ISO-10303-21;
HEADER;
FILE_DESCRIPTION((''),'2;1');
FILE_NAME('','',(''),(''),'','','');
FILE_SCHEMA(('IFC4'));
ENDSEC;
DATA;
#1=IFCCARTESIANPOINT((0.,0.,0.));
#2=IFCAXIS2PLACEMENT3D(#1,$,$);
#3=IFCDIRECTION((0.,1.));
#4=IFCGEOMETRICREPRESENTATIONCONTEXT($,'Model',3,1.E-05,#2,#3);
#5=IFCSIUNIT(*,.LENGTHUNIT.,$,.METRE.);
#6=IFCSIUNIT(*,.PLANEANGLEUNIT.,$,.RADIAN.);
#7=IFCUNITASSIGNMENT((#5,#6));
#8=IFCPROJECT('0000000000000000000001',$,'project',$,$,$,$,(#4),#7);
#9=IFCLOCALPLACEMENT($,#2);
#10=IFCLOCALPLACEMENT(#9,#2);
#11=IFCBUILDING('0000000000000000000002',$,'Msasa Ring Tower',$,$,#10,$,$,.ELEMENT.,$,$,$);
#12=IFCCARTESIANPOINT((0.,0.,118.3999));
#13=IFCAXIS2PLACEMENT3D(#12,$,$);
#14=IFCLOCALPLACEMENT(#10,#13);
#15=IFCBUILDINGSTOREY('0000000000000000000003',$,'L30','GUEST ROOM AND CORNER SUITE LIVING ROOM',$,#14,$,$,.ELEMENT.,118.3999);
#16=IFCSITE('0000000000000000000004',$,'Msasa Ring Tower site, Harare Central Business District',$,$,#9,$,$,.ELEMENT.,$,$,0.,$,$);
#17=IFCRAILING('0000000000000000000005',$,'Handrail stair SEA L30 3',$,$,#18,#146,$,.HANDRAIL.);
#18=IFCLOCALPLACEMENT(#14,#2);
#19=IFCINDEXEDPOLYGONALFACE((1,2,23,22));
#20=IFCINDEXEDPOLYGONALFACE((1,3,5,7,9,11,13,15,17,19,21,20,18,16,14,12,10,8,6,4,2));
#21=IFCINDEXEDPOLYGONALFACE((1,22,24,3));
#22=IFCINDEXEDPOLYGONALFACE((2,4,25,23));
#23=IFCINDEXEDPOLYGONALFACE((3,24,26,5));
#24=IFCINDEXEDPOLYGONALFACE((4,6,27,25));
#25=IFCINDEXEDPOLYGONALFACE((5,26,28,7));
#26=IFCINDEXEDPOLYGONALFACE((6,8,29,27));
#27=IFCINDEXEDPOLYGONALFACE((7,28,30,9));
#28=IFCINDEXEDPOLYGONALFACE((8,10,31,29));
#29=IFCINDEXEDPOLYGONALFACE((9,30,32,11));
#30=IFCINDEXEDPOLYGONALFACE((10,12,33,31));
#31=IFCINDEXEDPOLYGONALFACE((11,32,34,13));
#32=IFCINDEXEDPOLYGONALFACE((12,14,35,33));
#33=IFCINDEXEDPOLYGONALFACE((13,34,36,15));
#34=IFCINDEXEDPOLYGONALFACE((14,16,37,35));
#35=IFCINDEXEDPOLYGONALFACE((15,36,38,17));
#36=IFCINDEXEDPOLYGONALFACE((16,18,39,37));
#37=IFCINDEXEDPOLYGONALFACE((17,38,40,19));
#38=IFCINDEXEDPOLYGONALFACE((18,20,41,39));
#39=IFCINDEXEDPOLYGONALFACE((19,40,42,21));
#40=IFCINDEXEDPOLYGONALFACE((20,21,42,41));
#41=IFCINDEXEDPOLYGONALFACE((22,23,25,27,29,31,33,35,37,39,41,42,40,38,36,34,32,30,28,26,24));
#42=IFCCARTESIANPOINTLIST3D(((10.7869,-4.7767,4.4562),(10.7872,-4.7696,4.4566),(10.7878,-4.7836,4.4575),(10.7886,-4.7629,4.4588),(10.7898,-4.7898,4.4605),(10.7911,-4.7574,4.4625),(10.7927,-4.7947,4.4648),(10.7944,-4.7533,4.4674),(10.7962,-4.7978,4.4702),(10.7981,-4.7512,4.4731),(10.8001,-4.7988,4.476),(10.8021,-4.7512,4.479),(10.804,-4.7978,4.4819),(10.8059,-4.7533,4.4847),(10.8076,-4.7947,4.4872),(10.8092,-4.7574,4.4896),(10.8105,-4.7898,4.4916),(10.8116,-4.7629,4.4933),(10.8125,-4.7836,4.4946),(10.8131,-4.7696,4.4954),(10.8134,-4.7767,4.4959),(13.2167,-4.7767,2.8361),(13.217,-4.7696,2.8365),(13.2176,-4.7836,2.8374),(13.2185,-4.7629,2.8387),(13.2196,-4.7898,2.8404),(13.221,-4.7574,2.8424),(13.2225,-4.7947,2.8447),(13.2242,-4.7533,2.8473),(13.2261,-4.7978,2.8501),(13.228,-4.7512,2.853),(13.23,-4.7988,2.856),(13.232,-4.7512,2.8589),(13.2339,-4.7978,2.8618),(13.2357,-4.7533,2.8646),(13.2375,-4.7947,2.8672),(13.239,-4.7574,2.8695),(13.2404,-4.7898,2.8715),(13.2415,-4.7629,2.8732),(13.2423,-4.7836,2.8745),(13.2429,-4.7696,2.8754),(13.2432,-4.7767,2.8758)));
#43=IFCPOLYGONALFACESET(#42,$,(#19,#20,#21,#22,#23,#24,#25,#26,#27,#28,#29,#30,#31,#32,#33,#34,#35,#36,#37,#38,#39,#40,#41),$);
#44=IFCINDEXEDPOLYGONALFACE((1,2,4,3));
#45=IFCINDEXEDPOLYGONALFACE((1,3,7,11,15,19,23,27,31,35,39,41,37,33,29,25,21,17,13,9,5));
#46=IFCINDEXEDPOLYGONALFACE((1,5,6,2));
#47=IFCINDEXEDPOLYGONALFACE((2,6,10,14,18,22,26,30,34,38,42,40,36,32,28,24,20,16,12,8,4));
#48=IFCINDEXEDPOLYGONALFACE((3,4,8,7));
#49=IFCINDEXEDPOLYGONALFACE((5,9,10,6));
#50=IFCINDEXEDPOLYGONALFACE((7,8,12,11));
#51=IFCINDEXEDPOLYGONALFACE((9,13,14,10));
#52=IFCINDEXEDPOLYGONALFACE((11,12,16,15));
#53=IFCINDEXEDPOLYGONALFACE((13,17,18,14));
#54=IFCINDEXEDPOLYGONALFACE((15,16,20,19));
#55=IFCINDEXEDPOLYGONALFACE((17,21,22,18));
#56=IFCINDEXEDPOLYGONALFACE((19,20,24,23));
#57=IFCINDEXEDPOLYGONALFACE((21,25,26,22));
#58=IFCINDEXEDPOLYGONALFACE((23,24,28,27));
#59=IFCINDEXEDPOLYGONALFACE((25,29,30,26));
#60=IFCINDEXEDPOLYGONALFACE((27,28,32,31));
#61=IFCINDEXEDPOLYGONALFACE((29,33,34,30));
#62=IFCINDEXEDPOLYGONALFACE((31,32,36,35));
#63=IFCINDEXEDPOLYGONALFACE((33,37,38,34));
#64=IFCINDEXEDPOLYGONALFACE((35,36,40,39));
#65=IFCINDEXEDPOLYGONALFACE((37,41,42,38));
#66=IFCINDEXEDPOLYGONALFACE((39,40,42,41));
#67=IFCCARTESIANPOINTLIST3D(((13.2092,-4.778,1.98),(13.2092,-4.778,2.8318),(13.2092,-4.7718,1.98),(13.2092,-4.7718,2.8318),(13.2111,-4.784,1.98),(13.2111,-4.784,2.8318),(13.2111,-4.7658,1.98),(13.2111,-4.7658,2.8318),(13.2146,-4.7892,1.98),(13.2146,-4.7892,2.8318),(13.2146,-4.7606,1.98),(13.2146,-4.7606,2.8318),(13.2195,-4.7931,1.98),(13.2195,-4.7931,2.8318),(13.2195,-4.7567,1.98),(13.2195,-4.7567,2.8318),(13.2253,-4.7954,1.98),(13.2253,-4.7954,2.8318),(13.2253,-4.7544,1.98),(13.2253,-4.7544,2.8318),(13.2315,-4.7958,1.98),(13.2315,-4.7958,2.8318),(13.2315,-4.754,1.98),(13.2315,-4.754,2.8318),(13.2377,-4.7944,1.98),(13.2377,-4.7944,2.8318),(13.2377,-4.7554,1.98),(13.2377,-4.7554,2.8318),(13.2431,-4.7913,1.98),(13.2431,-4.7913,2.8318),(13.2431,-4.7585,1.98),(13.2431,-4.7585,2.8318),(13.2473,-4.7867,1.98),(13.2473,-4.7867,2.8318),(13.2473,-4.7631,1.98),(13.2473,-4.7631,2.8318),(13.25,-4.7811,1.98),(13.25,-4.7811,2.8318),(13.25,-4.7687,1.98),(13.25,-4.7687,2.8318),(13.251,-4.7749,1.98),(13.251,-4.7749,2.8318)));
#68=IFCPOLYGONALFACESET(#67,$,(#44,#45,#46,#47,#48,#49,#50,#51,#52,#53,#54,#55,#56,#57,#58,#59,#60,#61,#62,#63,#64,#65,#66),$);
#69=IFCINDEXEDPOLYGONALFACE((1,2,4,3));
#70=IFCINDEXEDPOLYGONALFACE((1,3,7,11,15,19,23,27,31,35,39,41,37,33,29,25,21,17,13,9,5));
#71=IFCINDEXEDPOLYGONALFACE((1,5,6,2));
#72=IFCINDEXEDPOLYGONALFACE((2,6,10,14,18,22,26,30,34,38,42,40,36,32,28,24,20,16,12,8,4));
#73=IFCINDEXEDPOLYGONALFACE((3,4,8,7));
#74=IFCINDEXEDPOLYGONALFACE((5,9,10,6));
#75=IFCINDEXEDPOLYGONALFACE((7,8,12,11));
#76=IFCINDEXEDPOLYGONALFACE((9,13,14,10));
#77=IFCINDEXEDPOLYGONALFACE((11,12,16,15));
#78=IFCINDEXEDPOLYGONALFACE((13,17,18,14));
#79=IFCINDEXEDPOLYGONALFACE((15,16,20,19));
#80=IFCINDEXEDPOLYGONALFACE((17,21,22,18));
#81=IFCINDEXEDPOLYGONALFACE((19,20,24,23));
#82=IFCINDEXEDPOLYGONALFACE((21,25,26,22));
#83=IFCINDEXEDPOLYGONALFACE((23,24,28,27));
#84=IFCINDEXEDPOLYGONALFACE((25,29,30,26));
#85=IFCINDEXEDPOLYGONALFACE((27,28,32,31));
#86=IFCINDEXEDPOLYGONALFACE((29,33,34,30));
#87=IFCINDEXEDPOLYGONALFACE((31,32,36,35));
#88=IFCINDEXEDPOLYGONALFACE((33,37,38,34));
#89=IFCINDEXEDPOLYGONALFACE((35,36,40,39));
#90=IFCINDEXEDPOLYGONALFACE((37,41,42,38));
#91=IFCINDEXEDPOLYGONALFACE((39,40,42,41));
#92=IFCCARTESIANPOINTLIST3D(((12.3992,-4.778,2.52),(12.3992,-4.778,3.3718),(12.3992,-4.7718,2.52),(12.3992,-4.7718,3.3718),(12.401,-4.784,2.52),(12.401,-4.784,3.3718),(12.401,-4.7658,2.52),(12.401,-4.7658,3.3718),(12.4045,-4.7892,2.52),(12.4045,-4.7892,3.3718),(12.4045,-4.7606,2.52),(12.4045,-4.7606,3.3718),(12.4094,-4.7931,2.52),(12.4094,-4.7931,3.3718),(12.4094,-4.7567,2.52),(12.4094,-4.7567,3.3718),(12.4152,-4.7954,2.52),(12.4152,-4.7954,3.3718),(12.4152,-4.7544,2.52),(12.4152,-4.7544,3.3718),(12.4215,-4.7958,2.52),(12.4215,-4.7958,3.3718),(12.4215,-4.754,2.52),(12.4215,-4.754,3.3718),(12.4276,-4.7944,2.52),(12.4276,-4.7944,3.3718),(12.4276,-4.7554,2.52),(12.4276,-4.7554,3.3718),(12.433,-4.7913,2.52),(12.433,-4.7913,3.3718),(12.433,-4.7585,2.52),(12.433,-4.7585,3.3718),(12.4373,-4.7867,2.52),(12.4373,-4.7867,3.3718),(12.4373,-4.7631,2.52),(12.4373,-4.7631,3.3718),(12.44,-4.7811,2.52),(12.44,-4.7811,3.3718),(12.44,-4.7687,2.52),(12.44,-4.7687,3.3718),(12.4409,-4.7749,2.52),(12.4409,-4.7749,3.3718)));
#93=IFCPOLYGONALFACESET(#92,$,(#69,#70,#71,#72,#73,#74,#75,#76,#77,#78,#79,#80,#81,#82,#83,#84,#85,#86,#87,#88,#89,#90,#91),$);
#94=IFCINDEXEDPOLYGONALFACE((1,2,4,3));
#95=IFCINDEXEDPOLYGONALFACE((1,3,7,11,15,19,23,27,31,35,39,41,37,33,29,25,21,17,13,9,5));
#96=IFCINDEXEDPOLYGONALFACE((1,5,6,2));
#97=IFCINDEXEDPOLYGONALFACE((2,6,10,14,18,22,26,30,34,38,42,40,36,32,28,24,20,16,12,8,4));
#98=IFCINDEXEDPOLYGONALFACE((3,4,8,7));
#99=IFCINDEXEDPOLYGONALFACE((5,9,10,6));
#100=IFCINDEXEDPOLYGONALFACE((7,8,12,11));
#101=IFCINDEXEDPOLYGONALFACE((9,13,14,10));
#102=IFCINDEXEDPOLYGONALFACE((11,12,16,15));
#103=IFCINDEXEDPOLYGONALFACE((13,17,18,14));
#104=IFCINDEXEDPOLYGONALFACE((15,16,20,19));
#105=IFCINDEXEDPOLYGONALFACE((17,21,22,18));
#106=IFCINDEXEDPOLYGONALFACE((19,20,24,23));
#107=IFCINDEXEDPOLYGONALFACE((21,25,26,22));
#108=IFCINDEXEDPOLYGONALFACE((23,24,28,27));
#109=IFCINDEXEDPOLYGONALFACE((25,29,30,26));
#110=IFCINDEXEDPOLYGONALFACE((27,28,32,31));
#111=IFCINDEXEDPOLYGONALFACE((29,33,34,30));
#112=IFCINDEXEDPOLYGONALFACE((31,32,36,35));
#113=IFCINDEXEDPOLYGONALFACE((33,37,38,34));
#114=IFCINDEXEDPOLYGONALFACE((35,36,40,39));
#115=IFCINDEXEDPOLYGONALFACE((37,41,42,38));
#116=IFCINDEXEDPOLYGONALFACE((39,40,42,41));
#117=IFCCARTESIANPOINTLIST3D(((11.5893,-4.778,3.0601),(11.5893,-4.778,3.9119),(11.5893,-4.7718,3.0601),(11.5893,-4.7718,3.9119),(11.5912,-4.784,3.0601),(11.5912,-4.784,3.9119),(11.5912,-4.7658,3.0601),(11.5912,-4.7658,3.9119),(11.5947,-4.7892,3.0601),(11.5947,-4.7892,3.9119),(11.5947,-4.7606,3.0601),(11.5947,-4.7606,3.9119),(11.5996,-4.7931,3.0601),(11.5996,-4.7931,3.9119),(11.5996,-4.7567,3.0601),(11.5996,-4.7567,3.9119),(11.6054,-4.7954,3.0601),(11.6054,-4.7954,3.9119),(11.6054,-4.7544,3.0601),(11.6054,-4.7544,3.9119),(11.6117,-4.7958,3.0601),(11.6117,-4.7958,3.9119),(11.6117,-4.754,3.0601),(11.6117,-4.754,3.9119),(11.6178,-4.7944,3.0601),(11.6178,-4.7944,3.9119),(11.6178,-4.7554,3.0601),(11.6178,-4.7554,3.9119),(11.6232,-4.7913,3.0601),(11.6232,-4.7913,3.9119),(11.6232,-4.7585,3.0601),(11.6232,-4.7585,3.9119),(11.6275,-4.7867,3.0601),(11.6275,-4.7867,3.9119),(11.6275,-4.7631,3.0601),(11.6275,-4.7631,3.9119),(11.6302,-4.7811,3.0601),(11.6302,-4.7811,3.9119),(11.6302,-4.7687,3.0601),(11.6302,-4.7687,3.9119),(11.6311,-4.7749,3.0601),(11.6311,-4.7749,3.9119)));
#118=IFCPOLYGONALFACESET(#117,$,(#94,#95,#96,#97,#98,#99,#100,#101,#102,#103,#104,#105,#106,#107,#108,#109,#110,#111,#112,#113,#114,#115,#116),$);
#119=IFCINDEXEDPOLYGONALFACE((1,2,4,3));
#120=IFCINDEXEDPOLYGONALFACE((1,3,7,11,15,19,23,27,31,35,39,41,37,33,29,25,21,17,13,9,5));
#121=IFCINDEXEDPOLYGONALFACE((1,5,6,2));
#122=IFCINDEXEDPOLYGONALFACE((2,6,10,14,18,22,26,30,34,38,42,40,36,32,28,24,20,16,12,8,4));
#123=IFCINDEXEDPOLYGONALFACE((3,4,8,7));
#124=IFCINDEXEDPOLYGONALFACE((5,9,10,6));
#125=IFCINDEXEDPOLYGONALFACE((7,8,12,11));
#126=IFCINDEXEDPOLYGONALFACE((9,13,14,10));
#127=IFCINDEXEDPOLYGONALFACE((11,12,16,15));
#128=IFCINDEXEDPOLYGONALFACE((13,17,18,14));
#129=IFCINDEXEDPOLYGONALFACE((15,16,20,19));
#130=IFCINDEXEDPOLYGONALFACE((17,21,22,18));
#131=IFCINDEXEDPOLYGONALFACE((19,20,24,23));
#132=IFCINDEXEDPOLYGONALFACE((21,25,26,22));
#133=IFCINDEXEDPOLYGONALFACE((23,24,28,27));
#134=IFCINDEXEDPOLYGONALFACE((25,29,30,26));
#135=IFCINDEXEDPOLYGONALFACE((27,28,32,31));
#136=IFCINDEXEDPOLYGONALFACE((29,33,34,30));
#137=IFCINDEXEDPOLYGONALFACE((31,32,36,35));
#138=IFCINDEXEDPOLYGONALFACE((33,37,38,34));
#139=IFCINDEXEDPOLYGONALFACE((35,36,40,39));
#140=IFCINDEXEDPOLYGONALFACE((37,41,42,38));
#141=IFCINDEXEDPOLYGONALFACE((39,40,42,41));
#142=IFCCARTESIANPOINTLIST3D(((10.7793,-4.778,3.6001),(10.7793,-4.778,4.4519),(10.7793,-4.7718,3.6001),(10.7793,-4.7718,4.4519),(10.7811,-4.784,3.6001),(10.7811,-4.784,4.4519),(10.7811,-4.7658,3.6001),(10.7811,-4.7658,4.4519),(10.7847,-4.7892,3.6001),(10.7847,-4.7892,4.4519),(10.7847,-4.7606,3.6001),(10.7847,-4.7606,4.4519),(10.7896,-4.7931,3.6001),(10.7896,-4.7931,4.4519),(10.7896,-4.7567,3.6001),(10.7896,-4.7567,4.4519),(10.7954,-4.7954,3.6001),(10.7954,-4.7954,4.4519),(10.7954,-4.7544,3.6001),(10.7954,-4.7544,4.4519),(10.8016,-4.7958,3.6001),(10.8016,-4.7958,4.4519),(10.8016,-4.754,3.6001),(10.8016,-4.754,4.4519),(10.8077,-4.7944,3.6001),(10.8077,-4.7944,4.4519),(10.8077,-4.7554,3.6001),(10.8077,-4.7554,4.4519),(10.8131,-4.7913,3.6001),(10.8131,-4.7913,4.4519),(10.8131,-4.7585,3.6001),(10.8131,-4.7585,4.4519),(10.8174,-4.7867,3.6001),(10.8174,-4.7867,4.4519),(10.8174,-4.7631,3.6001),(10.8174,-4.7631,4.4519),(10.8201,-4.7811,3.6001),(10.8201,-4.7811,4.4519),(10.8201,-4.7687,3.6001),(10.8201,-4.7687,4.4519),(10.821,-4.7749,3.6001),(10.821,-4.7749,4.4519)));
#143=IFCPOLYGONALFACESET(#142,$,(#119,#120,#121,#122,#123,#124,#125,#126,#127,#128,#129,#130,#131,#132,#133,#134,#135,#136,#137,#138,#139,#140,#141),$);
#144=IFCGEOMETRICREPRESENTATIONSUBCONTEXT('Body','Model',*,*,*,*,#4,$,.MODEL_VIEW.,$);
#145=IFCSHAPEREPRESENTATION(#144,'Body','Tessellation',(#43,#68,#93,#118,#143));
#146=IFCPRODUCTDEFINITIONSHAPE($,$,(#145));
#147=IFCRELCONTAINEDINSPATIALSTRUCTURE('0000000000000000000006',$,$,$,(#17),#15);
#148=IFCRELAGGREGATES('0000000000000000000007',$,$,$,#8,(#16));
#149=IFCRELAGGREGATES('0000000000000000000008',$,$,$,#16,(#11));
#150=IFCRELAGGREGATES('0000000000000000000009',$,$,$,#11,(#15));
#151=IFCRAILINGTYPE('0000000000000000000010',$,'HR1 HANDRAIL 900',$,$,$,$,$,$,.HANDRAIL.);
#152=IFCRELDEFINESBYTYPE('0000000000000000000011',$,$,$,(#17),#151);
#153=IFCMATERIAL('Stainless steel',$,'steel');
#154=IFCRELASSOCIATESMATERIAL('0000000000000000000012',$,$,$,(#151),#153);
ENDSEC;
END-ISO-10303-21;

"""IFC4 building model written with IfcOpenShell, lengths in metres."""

from ifc_helpers import new_model, si_unit, direction, frame, origin, origin_2d, place, context, subcontext, project, spatial, circle, extrude, material, type_object, element, save


model = new_model("IFC4")

# Units and contexts
model_context = context("Model", 3, precision=1e-05, world=origin(), true_north=direction((0.0, 1.0)))
body_context = subcontext(model_context, "Body", "Model", "MODEL_VIEW")
ifc_project = project(units=[si_unit("LENGTHUNIT", "METRE"), si_unit("PLANEANGLEUNIT", "RADIAN")], contexts=[model_context])

# Site, building, storey
site_placement = place(None, origin())
site = spatial("IfcSite", under=ifc_project, at=site_placement, Name="Msasa Ring Tower site, Harare Central Business District", CompositionType="ELEMENT", RefElevation=0.0)
building_placement = place(site_placement, origin())
building = spatial("IfcBuilding", under=site, at=building_placement, Name="Msasa Ring Tower", CompositionType="ELEMENT")
storey_placement = place(building_placement, frame((0.0, 0.0, 118.3999)))
storey = spatial("IfcBuildingStorey", under=building, at=storey_placement, Name="L30", Description="GUEST ROOM AND CORNER SUITE LIVING ROOM", CompositionType="ELEMENT", Elevation=118.3999)

# Railing
ifc_material_1 = material(Name="Stainless steel", Category="steel")
railing_type = type_object("IfcRailingType", Name="HR1 HANDRAIL 900", PredefinedType="HANDRAIL", material=ifc_material_1)
for number, where, name in (
    (1, (13.23, -4.7749, 1.98), "Handrail stair SEA L30 3"),
):
    element("IfcRailing", number, at=place(storey_placement, frame(where)), inside=storey, type_object=railing_type, Name=name, PredefinedType="HANDRAIL", context=body_context, shape_type="SweptSolid", body=[
        extrude(circle(Radius=0.0239, at=origin_2d()), frame((0.0, 0.0, 0.876), z_axis=(-0.832025, 0.0, 0.554739), x_axis=(0.0, -1.0, 0.0)), (0.0, 0.0, 1.0), 2.9204),
        extrude(circle(Radius=0.021, at=origin_2d()), origin(), (0.0, 0.0, 1.0), 0.8518),
        extrude(circle(Radius=0.021, at=origin_2d()), frame((-0.8101, 0.0, 0.54)), (0.0, 0.0, 1.0), 0.8518),
        extrude(circle(Radius=0.021, at=origin_2d()), frame((-1.6199, 0.0, 1.0801)), (0.0, 0.0, 1.0), 0.8518),
        extrude(circle(Radius=0.021, at=origin_2d()), frame((-2.4299, 0.0, 1.6201)), (0.0, 0.0, 1.0), 0.8518),
    ])

save(model, "model.ifc")
